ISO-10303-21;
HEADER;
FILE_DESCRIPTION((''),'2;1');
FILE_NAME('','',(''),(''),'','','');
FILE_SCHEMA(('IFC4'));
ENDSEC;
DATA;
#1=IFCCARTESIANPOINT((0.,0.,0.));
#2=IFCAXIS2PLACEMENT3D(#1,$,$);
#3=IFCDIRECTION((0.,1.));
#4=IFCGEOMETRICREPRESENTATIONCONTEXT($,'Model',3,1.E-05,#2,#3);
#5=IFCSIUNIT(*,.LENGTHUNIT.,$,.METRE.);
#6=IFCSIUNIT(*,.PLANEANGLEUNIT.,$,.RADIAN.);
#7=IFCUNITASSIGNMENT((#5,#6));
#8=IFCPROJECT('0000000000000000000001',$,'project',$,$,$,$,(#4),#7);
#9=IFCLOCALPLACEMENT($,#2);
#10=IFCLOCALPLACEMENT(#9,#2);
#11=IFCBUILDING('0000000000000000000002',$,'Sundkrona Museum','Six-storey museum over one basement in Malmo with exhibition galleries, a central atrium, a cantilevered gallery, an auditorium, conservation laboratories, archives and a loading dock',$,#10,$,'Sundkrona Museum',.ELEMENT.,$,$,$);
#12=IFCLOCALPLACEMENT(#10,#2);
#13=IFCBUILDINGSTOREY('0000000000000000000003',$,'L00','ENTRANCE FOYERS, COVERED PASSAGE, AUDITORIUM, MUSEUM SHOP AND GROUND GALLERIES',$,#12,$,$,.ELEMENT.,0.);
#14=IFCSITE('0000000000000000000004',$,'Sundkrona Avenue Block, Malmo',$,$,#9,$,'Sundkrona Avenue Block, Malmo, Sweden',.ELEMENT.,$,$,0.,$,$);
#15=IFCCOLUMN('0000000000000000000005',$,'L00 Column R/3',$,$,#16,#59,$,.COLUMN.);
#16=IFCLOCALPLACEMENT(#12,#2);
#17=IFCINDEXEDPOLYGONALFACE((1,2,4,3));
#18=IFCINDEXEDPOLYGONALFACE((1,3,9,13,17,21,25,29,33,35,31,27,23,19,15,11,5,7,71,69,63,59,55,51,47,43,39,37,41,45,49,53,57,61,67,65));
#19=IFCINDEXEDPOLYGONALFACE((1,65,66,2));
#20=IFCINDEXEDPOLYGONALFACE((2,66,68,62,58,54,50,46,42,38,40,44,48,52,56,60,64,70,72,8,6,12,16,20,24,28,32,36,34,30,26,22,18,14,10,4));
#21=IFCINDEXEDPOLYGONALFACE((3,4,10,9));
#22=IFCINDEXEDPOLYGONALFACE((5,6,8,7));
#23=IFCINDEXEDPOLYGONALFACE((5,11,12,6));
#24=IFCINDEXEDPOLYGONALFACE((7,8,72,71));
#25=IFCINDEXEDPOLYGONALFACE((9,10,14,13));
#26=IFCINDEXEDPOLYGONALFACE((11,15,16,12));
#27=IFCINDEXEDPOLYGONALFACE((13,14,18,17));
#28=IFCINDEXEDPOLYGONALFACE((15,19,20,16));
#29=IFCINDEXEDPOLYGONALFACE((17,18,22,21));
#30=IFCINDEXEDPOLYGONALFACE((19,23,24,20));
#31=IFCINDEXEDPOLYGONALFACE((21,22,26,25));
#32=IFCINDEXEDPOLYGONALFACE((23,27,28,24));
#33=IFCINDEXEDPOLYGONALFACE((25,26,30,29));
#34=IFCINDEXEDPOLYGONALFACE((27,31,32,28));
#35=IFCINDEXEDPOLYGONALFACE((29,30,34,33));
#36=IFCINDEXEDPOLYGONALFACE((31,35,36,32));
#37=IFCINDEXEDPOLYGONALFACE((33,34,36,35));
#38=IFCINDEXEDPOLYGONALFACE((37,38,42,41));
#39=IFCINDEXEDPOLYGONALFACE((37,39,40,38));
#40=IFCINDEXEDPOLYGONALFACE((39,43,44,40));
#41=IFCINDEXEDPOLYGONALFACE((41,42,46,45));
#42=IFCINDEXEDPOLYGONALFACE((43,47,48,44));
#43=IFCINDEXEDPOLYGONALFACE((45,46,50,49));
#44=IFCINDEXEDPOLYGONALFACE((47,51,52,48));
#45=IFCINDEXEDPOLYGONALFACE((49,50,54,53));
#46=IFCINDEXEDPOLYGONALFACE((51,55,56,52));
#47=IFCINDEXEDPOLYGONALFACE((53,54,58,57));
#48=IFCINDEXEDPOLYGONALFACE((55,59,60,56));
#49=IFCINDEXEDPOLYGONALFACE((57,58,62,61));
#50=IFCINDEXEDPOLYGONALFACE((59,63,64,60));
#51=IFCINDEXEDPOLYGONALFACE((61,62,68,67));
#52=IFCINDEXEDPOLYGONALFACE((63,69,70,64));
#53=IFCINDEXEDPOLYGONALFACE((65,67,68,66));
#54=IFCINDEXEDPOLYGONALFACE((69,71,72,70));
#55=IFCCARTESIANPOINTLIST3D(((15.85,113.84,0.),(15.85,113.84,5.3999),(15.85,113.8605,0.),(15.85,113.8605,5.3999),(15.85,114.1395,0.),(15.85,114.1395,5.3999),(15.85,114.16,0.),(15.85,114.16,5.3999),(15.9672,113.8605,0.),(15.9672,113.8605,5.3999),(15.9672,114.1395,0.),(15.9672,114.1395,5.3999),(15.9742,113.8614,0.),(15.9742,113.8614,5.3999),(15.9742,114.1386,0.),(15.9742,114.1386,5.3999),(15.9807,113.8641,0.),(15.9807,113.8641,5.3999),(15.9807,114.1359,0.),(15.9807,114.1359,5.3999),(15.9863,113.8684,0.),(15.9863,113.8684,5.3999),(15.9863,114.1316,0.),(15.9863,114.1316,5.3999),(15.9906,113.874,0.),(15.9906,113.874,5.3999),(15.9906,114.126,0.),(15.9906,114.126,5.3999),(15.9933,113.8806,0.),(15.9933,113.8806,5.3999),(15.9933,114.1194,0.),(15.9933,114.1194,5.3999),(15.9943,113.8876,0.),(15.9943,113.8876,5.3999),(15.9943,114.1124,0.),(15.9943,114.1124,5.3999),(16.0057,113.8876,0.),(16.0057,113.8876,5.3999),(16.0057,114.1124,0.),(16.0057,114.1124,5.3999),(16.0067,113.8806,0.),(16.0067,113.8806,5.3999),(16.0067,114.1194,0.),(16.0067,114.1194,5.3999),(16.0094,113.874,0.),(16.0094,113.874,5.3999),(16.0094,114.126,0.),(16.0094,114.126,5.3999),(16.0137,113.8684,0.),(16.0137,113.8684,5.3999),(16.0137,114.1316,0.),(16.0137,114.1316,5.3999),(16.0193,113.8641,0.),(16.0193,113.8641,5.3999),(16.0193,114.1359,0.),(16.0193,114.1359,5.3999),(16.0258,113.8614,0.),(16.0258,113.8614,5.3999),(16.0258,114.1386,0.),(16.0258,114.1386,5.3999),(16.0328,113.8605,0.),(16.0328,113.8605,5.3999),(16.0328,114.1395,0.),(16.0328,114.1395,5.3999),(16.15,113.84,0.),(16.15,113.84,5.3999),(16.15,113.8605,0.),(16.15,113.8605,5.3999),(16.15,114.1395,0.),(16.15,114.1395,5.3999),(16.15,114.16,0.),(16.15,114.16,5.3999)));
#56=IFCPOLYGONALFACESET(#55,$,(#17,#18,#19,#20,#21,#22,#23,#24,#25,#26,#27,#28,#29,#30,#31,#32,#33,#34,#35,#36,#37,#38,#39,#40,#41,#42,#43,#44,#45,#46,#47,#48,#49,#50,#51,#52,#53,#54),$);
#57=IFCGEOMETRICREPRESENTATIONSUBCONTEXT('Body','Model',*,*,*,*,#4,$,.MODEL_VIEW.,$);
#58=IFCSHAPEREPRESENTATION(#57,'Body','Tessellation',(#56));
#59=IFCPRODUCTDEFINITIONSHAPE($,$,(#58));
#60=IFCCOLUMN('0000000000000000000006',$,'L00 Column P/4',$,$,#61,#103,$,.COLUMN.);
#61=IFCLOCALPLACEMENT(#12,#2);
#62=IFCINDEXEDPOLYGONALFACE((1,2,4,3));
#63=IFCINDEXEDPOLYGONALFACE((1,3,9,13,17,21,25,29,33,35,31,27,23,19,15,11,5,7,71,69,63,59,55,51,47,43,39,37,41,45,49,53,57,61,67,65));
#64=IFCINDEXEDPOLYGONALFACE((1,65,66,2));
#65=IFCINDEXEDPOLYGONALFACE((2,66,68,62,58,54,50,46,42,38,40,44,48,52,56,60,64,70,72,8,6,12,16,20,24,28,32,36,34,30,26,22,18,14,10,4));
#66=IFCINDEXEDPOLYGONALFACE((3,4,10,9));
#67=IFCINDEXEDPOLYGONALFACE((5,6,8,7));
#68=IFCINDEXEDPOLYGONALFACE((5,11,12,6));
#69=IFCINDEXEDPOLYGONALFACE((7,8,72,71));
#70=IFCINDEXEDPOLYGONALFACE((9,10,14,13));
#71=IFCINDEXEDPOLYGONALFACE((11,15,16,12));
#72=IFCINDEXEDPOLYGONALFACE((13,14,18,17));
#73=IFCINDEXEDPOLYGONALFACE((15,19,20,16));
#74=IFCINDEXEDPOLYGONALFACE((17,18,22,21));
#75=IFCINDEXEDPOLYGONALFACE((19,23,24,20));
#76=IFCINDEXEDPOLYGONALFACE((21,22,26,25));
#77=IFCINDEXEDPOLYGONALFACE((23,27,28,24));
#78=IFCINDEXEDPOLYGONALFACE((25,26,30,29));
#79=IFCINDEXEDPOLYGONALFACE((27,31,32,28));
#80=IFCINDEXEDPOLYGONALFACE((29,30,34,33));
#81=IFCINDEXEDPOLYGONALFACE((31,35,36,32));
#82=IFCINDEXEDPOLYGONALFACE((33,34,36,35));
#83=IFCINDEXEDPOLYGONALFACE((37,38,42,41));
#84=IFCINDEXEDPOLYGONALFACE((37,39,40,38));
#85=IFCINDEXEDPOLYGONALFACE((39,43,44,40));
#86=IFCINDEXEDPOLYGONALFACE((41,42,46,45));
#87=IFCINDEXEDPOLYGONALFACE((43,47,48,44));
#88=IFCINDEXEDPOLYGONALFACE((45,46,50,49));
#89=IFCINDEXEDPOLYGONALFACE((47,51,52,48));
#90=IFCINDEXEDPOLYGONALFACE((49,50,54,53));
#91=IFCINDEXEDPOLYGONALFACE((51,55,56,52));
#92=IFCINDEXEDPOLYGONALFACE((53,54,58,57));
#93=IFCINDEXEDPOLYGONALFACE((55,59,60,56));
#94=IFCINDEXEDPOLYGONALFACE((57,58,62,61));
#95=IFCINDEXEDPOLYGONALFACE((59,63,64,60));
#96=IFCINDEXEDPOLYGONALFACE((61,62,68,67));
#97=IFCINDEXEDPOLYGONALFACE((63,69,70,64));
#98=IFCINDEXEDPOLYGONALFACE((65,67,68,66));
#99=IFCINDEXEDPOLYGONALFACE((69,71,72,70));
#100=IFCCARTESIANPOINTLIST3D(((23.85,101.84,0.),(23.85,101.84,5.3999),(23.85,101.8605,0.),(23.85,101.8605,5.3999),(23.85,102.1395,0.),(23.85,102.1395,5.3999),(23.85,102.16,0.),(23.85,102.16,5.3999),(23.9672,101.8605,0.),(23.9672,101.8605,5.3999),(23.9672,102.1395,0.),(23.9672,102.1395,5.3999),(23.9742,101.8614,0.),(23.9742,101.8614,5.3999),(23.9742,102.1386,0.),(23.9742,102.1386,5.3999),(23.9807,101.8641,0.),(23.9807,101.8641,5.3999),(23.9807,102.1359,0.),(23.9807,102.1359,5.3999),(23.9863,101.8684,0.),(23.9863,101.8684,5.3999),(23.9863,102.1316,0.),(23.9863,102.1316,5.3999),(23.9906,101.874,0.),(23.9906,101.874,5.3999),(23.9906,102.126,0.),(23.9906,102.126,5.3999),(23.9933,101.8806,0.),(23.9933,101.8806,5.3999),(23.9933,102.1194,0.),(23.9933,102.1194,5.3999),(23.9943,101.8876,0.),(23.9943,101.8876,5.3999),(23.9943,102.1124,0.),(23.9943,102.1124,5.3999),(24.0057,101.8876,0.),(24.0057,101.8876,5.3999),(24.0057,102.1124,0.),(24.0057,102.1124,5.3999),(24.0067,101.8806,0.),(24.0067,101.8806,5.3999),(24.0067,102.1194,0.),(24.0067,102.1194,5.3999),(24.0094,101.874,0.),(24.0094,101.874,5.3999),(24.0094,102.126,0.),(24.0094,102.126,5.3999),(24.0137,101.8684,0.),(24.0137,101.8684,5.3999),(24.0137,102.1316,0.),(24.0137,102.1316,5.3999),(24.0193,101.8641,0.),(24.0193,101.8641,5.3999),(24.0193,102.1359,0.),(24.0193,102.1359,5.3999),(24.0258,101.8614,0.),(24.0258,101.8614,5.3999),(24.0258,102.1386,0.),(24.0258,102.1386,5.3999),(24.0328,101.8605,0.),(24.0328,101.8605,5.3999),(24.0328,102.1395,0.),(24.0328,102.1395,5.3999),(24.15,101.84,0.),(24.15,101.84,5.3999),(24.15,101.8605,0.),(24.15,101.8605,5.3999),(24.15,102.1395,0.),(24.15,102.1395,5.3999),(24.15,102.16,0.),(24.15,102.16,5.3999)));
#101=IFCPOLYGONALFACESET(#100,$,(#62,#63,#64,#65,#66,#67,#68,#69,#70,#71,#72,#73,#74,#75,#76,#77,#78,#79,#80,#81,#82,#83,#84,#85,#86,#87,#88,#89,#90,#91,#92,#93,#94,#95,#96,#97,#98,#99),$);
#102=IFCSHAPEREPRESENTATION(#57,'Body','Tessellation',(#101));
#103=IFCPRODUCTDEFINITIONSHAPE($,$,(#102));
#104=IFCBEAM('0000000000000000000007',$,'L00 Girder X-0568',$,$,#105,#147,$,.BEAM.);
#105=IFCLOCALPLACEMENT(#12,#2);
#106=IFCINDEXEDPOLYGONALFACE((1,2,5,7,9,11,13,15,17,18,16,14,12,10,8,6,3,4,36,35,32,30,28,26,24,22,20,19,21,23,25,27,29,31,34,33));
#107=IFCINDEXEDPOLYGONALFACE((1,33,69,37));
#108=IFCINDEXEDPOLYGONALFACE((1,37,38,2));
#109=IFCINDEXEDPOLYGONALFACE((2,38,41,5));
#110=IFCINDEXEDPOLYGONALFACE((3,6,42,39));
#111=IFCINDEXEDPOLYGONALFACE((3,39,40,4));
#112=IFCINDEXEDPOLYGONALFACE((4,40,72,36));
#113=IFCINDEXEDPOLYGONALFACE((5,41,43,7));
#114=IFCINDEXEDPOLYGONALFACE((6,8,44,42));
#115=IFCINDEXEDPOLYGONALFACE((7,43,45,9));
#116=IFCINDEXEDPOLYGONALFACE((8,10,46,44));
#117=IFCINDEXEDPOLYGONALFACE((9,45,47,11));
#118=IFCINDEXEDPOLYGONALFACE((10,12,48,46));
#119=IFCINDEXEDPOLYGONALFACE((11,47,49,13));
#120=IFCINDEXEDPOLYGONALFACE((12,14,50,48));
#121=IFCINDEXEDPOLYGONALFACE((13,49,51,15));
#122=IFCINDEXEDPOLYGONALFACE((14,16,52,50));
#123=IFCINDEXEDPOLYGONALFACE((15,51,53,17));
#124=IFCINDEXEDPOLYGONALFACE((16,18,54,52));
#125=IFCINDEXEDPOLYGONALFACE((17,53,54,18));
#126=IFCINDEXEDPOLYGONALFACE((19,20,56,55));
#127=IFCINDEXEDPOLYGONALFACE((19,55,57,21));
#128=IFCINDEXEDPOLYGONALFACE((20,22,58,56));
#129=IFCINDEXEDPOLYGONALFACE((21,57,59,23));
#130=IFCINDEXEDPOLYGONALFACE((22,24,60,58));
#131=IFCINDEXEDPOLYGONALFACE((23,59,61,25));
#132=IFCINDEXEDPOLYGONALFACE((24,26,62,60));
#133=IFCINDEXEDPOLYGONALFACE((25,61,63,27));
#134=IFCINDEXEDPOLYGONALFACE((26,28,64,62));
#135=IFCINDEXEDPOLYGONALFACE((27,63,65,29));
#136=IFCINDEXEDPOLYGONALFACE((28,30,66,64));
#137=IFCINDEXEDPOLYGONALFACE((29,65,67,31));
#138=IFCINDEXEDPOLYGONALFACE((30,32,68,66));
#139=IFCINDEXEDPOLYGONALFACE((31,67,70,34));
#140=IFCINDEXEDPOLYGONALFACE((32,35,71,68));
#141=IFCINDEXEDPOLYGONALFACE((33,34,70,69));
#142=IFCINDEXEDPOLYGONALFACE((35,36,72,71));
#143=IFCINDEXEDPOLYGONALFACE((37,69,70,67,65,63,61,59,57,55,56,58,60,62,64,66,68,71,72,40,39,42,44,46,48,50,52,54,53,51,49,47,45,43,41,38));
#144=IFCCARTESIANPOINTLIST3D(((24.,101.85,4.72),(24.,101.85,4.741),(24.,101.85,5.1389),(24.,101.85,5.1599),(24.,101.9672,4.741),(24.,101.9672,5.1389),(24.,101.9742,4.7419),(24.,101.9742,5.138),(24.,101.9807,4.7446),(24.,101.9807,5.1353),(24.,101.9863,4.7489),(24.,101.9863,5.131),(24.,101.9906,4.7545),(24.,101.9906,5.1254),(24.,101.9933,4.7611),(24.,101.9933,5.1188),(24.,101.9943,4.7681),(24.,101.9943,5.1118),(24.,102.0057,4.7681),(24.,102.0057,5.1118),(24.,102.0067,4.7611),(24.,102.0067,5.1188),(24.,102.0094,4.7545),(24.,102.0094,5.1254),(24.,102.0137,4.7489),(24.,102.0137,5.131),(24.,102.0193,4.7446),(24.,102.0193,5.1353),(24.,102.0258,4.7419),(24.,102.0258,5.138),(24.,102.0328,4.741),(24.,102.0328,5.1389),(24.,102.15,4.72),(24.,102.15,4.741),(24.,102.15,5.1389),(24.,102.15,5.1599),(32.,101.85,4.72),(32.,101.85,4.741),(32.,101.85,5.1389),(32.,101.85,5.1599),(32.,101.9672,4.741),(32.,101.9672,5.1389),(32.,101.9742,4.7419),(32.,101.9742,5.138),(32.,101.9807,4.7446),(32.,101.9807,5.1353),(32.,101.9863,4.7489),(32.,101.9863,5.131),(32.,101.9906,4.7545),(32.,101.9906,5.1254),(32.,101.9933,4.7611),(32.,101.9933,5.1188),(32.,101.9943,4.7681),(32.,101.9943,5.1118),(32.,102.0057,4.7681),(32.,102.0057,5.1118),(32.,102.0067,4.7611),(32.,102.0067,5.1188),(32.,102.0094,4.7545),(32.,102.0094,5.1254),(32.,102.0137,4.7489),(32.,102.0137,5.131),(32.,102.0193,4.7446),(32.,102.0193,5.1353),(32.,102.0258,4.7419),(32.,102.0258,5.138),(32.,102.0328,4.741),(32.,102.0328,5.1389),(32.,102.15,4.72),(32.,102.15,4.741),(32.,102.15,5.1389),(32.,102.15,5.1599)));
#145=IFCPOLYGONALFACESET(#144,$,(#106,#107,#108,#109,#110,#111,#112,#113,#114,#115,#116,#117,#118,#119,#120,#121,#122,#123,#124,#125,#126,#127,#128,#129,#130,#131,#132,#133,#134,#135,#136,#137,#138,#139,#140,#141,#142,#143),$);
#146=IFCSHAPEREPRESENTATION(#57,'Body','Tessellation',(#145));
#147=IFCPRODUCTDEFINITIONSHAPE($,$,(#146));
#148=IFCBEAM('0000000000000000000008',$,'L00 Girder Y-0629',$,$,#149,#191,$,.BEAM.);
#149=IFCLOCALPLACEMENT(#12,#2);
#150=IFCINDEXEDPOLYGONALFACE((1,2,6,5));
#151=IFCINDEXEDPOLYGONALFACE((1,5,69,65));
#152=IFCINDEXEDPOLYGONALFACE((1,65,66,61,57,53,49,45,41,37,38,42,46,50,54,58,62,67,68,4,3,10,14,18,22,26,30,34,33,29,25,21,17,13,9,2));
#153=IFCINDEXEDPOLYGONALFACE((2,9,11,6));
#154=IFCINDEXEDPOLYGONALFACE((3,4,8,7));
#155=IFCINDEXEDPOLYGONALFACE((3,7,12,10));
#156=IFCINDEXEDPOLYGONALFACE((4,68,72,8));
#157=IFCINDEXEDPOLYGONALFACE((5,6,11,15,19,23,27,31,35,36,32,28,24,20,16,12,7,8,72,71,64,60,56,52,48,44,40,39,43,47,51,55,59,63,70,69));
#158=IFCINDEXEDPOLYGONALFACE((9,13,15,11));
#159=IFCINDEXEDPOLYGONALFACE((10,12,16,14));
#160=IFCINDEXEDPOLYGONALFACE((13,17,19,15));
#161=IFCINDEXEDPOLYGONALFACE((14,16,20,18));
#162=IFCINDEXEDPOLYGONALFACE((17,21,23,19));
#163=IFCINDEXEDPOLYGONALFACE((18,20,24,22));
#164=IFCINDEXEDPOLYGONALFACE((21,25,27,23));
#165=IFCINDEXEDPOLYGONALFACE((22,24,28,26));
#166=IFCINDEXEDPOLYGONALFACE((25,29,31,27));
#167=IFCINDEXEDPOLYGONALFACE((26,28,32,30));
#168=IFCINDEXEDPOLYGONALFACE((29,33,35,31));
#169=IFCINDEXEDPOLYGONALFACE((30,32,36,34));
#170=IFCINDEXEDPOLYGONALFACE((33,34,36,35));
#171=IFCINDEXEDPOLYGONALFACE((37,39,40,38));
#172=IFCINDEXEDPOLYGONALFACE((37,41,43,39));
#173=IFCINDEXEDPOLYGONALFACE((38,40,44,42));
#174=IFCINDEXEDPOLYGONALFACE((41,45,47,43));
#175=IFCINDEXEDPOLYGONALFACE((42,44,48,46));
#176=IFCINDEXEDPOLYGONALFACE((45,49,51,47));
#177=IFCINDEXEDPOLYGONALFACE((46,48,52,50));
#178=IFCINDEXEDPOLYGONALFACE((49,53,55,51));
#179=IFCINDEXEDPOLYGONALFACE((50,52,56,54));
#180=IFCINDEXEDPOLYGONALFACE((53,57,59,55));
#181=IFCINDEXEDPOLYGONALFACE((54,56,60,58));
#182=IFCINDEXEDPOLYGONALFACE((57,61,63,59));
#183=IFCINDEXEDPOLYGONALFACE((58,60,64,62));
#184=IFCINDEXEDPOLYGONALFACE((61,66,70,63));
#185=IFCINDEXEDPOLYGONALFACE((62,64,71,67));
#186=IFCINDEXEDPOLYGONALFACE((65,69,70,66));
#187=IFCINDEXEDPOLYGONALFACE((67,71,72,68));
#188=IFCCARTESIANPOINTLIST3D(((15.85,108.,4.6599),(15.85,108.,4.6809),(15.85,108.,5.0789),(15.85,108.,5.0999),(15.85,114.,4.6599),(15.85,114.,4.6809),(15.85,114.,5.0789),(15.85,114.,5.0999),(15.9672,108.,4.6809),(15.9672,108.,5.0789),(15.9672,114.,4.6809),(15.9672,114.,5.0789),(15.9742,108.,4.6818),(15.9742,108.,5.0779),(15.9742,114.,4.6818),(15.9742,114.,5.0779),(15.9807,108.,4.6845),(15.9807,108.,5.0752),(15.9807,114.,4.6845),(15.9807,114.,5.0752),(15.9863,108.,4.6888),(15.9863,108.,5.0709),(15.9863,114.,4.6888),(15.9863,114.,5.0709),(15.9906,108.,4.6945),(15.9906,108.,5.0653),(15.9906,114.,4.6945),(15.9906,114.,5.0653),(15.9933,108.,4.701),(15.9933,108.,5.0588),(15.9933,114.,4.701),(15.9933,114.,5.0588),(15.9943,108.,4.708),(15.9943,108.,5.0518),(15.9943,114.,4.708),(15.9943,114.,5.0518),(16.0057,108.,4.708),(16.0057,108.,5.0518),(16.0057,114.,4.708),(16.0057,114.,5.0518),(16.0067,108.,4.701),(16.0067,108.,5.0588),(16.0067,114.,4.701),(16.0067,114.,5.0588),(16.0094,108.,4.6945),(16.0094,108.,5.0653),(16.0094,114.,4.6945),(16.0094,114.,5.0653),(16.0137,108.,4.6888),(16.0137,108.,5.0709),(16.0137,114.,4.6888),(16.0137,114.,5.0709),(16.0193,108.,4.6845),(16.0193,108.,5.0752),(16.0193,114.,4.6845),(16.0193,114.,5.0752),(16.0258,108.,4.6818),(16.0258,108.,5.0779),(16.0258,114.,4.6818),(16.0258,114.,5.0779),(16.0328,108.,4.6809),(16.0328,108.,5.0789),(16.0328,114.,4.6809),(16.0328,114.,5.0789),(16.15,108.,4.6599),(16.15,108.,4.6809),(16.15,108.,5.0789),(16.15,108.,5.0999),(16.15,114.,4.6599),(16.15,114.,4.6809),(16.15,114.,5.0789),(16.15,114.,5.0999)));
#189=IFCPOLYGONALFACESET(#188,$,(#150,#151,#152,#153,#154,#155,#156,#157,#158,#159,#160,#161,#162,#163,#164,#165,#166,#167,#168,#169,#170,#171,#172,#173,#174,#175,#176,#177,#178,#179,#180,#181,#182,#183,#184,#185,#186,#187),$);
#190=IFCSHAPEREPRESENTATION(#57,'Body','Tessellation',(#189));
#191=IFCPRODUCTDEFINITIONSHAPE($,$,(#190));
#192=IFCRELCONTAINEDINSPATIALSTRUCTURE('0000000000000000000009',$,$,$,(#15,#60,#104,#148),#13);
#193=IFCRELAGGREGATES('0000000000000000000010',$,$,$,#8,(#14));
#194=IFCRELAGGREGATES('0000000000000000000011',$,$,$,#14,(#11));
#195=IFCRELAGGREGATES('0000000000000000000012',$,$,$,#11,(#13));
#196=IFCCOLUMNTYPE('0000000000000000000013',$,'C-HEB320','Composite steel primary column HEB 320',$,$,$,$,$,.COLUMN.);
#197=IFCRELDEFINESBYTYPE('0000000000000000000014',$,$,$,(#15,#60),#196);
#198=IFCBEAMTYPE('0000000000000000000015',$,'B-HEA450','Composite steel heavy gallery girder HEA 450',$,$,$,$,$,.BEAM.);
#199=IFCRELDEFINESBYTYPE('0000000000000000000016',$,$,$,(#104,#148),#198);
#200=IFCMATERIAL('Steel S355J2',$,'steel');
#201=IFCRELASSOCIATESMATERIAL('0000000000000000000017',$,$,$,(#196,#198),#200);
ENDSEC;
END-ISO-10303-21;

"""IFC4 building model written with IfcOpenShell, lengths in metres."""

from ifc_helpers import new_model, si_unit, direction, frame, origin, origin_2d, place, context, subcontext, project, spatial, i_section, extrude, material, material_profile, profile_set, type_object, element, save


model = new_model("IFC4")

# Units and contexts
model_context = context("Model", 3, precision=1e-05, world=origin(), true_north=direction((0.0, 1.0)))
body_context = subcontext(model_context, "Body", "Model", "MODEL_VIEW")
ifc_project = project(units=[si_unit("LENGTHUNIT", "METRE"), si_unit("PLANEANGLEUNIT", "RADIAN")], contexts=[model_context])

# Site, building, storey
site_placement = place(None, origin())
site = spatial("IfcSite", under=ifc_project, at=site_placement, Name="Sundkrona Avenue Block, Malmo", LongName="Sundkrona Avenue Block, Malmo, Sweden", CompositionType="ELEMENT", RefElevation=0.0)
building_placement = place(site_placement, origin())
building = spatial("IfcBuilding", under=site, at=building_placement, Name="Sundkrona Museum", Description="Six-storey museum over one basement in Malmo with exhibition galleries, a central atrium, a cantilevered gallery, an auditorium, conservation laboratories, archives and a loading dock", LongName="Sundkrona Museum", CompositionType="ELEMENT")
storey_placement = place(building_placement, origin())
storey = spatial("IfcBuildingStorey", under=building, at=storey_placement, Name="L00", Description="ENTRANCE FOYERS, COVERED PASSAGE, AUDITORIUM, MUSEUM SHOP AND GROUND GALLERIES", CompositionType="ELEMENT", Elevation=0.0)

# Columns
ifc_material_1 = material(Name="Steel S355J2", Category="steel")
ifc_material_profile_1 = material_profile(ifc_material_1, i_section(OverallWidth=0.3, OverallDepth=0.3201, WebThickness=0.0115, FlangeThickness=0.0205, FilletRadius=0.0271, at=origin_2d()), Name="HEB 320")
ifc_profile_set_1 = profile_set([ifc_material_profile_1], Name="Steel S355J2")
column_type = type_object("IfcColumnType", Name="C-HEB320", Description="Composite steel primary column HEB 320", PredefinedType="COLUMN", material=ifc_profile_set_1)
for number, where, z_axis, x_axis, name in (
    (1, (16.0, 114.0, 0.0), (0.0, 0.0, 1.0), (1.0, 0.0, 0.0), "L00 Column R/3"),
    (2, (24.0, 102.0, 0.0), (0.0, 0.0, 1.0), (1.0, 0.0, 0.0), "L00 Column P/4"),
):
    element("IfcColumn", number, at=place(storey_placement, frame(where, z_axis=z_axis, x_axis=x_axis)), inside=storey, type_object=column_type, Name=name, PredefinedType="COLUMN", context=body_context, shape_type="SweptSolid", body=[
        extrude(i_section(OverallWidth=0.3, OverallDepth=0.3201, WebThickness=0.0115, FlangeThickness=0.0205, FilletRadius=0.0271, at=origin_2d()), origin(), (0.0, 0.0, 1.0), 5.3999),
    ])

# Beams
ifc_material_profile_2 = material_profile(ifc_material_1, i_section(OverallWidth=0.3, OverallDepth=0.4399, WebThickness=0.0115, FlangeThickness=0.021, FilletRadius=0.0271, at=origin_2d()), Name="HEA 450")
ifc_profile_set_2 = profile_set([ifc_material_profile_2], Name="Steel S355J2")
beam_type_1 = type_object("IfcBeamType", Name="B-HEA450", Description="Composite steel heavy gallery girder HEA 450", PredefinedType="BEAM", material=ifc_profile_set_2)
beam_1_placement = place(storey_placement, frame((24.0, 102.0, 4.9399), z_axis=(1.0, 0.0, 0.0), x_axis=(0.0, 1.0, 0.0)))
element("IfcBeam", 3, at=beam_1_placement, inside=storey, type_object=beam_type_1, Name="L00 Girder X-0568", PredefinedType="BEAM", context=body_context, shape_type="SweptSolid", body=[
    extrude(i_section(OverallWidth=0.3, OverallDepth=0.4399, WebThickness=0.0115, FlangeThickness=0.021, FilletRadius=0.0271, at=origin_2d()), origin(), (0.0, 0.0, 1.0), 8.0),
])
for number, where, z_axis, x_axis, name in (
    (4, (16.0, 108.0, 4.8799), (0.0, 1.0, 0.0), (-1.0, 0.0, 0.0), "L00 Girder Y-0629"),
):
    element("IfcBeam", number, at=place(storey_placement, frame(where, z_axis=z_axis, x_axis=x_axis)), inside=storey, type_object=beam_type_1, Name=name, PredefinedType="BEAM", context=body_context, shape_type="SweptSolid", body=[
        extrude(i_section(OverallWidth=0.3, OverallDepth=0.4399, WebThickness=0.0115, FlangeThickness=0.021, FilletRadius=0.0271, at=origin_2d()), origin(), (0.0, 0.0, 1.0), 6.0),
    ])

save(model, "model.ifc")
